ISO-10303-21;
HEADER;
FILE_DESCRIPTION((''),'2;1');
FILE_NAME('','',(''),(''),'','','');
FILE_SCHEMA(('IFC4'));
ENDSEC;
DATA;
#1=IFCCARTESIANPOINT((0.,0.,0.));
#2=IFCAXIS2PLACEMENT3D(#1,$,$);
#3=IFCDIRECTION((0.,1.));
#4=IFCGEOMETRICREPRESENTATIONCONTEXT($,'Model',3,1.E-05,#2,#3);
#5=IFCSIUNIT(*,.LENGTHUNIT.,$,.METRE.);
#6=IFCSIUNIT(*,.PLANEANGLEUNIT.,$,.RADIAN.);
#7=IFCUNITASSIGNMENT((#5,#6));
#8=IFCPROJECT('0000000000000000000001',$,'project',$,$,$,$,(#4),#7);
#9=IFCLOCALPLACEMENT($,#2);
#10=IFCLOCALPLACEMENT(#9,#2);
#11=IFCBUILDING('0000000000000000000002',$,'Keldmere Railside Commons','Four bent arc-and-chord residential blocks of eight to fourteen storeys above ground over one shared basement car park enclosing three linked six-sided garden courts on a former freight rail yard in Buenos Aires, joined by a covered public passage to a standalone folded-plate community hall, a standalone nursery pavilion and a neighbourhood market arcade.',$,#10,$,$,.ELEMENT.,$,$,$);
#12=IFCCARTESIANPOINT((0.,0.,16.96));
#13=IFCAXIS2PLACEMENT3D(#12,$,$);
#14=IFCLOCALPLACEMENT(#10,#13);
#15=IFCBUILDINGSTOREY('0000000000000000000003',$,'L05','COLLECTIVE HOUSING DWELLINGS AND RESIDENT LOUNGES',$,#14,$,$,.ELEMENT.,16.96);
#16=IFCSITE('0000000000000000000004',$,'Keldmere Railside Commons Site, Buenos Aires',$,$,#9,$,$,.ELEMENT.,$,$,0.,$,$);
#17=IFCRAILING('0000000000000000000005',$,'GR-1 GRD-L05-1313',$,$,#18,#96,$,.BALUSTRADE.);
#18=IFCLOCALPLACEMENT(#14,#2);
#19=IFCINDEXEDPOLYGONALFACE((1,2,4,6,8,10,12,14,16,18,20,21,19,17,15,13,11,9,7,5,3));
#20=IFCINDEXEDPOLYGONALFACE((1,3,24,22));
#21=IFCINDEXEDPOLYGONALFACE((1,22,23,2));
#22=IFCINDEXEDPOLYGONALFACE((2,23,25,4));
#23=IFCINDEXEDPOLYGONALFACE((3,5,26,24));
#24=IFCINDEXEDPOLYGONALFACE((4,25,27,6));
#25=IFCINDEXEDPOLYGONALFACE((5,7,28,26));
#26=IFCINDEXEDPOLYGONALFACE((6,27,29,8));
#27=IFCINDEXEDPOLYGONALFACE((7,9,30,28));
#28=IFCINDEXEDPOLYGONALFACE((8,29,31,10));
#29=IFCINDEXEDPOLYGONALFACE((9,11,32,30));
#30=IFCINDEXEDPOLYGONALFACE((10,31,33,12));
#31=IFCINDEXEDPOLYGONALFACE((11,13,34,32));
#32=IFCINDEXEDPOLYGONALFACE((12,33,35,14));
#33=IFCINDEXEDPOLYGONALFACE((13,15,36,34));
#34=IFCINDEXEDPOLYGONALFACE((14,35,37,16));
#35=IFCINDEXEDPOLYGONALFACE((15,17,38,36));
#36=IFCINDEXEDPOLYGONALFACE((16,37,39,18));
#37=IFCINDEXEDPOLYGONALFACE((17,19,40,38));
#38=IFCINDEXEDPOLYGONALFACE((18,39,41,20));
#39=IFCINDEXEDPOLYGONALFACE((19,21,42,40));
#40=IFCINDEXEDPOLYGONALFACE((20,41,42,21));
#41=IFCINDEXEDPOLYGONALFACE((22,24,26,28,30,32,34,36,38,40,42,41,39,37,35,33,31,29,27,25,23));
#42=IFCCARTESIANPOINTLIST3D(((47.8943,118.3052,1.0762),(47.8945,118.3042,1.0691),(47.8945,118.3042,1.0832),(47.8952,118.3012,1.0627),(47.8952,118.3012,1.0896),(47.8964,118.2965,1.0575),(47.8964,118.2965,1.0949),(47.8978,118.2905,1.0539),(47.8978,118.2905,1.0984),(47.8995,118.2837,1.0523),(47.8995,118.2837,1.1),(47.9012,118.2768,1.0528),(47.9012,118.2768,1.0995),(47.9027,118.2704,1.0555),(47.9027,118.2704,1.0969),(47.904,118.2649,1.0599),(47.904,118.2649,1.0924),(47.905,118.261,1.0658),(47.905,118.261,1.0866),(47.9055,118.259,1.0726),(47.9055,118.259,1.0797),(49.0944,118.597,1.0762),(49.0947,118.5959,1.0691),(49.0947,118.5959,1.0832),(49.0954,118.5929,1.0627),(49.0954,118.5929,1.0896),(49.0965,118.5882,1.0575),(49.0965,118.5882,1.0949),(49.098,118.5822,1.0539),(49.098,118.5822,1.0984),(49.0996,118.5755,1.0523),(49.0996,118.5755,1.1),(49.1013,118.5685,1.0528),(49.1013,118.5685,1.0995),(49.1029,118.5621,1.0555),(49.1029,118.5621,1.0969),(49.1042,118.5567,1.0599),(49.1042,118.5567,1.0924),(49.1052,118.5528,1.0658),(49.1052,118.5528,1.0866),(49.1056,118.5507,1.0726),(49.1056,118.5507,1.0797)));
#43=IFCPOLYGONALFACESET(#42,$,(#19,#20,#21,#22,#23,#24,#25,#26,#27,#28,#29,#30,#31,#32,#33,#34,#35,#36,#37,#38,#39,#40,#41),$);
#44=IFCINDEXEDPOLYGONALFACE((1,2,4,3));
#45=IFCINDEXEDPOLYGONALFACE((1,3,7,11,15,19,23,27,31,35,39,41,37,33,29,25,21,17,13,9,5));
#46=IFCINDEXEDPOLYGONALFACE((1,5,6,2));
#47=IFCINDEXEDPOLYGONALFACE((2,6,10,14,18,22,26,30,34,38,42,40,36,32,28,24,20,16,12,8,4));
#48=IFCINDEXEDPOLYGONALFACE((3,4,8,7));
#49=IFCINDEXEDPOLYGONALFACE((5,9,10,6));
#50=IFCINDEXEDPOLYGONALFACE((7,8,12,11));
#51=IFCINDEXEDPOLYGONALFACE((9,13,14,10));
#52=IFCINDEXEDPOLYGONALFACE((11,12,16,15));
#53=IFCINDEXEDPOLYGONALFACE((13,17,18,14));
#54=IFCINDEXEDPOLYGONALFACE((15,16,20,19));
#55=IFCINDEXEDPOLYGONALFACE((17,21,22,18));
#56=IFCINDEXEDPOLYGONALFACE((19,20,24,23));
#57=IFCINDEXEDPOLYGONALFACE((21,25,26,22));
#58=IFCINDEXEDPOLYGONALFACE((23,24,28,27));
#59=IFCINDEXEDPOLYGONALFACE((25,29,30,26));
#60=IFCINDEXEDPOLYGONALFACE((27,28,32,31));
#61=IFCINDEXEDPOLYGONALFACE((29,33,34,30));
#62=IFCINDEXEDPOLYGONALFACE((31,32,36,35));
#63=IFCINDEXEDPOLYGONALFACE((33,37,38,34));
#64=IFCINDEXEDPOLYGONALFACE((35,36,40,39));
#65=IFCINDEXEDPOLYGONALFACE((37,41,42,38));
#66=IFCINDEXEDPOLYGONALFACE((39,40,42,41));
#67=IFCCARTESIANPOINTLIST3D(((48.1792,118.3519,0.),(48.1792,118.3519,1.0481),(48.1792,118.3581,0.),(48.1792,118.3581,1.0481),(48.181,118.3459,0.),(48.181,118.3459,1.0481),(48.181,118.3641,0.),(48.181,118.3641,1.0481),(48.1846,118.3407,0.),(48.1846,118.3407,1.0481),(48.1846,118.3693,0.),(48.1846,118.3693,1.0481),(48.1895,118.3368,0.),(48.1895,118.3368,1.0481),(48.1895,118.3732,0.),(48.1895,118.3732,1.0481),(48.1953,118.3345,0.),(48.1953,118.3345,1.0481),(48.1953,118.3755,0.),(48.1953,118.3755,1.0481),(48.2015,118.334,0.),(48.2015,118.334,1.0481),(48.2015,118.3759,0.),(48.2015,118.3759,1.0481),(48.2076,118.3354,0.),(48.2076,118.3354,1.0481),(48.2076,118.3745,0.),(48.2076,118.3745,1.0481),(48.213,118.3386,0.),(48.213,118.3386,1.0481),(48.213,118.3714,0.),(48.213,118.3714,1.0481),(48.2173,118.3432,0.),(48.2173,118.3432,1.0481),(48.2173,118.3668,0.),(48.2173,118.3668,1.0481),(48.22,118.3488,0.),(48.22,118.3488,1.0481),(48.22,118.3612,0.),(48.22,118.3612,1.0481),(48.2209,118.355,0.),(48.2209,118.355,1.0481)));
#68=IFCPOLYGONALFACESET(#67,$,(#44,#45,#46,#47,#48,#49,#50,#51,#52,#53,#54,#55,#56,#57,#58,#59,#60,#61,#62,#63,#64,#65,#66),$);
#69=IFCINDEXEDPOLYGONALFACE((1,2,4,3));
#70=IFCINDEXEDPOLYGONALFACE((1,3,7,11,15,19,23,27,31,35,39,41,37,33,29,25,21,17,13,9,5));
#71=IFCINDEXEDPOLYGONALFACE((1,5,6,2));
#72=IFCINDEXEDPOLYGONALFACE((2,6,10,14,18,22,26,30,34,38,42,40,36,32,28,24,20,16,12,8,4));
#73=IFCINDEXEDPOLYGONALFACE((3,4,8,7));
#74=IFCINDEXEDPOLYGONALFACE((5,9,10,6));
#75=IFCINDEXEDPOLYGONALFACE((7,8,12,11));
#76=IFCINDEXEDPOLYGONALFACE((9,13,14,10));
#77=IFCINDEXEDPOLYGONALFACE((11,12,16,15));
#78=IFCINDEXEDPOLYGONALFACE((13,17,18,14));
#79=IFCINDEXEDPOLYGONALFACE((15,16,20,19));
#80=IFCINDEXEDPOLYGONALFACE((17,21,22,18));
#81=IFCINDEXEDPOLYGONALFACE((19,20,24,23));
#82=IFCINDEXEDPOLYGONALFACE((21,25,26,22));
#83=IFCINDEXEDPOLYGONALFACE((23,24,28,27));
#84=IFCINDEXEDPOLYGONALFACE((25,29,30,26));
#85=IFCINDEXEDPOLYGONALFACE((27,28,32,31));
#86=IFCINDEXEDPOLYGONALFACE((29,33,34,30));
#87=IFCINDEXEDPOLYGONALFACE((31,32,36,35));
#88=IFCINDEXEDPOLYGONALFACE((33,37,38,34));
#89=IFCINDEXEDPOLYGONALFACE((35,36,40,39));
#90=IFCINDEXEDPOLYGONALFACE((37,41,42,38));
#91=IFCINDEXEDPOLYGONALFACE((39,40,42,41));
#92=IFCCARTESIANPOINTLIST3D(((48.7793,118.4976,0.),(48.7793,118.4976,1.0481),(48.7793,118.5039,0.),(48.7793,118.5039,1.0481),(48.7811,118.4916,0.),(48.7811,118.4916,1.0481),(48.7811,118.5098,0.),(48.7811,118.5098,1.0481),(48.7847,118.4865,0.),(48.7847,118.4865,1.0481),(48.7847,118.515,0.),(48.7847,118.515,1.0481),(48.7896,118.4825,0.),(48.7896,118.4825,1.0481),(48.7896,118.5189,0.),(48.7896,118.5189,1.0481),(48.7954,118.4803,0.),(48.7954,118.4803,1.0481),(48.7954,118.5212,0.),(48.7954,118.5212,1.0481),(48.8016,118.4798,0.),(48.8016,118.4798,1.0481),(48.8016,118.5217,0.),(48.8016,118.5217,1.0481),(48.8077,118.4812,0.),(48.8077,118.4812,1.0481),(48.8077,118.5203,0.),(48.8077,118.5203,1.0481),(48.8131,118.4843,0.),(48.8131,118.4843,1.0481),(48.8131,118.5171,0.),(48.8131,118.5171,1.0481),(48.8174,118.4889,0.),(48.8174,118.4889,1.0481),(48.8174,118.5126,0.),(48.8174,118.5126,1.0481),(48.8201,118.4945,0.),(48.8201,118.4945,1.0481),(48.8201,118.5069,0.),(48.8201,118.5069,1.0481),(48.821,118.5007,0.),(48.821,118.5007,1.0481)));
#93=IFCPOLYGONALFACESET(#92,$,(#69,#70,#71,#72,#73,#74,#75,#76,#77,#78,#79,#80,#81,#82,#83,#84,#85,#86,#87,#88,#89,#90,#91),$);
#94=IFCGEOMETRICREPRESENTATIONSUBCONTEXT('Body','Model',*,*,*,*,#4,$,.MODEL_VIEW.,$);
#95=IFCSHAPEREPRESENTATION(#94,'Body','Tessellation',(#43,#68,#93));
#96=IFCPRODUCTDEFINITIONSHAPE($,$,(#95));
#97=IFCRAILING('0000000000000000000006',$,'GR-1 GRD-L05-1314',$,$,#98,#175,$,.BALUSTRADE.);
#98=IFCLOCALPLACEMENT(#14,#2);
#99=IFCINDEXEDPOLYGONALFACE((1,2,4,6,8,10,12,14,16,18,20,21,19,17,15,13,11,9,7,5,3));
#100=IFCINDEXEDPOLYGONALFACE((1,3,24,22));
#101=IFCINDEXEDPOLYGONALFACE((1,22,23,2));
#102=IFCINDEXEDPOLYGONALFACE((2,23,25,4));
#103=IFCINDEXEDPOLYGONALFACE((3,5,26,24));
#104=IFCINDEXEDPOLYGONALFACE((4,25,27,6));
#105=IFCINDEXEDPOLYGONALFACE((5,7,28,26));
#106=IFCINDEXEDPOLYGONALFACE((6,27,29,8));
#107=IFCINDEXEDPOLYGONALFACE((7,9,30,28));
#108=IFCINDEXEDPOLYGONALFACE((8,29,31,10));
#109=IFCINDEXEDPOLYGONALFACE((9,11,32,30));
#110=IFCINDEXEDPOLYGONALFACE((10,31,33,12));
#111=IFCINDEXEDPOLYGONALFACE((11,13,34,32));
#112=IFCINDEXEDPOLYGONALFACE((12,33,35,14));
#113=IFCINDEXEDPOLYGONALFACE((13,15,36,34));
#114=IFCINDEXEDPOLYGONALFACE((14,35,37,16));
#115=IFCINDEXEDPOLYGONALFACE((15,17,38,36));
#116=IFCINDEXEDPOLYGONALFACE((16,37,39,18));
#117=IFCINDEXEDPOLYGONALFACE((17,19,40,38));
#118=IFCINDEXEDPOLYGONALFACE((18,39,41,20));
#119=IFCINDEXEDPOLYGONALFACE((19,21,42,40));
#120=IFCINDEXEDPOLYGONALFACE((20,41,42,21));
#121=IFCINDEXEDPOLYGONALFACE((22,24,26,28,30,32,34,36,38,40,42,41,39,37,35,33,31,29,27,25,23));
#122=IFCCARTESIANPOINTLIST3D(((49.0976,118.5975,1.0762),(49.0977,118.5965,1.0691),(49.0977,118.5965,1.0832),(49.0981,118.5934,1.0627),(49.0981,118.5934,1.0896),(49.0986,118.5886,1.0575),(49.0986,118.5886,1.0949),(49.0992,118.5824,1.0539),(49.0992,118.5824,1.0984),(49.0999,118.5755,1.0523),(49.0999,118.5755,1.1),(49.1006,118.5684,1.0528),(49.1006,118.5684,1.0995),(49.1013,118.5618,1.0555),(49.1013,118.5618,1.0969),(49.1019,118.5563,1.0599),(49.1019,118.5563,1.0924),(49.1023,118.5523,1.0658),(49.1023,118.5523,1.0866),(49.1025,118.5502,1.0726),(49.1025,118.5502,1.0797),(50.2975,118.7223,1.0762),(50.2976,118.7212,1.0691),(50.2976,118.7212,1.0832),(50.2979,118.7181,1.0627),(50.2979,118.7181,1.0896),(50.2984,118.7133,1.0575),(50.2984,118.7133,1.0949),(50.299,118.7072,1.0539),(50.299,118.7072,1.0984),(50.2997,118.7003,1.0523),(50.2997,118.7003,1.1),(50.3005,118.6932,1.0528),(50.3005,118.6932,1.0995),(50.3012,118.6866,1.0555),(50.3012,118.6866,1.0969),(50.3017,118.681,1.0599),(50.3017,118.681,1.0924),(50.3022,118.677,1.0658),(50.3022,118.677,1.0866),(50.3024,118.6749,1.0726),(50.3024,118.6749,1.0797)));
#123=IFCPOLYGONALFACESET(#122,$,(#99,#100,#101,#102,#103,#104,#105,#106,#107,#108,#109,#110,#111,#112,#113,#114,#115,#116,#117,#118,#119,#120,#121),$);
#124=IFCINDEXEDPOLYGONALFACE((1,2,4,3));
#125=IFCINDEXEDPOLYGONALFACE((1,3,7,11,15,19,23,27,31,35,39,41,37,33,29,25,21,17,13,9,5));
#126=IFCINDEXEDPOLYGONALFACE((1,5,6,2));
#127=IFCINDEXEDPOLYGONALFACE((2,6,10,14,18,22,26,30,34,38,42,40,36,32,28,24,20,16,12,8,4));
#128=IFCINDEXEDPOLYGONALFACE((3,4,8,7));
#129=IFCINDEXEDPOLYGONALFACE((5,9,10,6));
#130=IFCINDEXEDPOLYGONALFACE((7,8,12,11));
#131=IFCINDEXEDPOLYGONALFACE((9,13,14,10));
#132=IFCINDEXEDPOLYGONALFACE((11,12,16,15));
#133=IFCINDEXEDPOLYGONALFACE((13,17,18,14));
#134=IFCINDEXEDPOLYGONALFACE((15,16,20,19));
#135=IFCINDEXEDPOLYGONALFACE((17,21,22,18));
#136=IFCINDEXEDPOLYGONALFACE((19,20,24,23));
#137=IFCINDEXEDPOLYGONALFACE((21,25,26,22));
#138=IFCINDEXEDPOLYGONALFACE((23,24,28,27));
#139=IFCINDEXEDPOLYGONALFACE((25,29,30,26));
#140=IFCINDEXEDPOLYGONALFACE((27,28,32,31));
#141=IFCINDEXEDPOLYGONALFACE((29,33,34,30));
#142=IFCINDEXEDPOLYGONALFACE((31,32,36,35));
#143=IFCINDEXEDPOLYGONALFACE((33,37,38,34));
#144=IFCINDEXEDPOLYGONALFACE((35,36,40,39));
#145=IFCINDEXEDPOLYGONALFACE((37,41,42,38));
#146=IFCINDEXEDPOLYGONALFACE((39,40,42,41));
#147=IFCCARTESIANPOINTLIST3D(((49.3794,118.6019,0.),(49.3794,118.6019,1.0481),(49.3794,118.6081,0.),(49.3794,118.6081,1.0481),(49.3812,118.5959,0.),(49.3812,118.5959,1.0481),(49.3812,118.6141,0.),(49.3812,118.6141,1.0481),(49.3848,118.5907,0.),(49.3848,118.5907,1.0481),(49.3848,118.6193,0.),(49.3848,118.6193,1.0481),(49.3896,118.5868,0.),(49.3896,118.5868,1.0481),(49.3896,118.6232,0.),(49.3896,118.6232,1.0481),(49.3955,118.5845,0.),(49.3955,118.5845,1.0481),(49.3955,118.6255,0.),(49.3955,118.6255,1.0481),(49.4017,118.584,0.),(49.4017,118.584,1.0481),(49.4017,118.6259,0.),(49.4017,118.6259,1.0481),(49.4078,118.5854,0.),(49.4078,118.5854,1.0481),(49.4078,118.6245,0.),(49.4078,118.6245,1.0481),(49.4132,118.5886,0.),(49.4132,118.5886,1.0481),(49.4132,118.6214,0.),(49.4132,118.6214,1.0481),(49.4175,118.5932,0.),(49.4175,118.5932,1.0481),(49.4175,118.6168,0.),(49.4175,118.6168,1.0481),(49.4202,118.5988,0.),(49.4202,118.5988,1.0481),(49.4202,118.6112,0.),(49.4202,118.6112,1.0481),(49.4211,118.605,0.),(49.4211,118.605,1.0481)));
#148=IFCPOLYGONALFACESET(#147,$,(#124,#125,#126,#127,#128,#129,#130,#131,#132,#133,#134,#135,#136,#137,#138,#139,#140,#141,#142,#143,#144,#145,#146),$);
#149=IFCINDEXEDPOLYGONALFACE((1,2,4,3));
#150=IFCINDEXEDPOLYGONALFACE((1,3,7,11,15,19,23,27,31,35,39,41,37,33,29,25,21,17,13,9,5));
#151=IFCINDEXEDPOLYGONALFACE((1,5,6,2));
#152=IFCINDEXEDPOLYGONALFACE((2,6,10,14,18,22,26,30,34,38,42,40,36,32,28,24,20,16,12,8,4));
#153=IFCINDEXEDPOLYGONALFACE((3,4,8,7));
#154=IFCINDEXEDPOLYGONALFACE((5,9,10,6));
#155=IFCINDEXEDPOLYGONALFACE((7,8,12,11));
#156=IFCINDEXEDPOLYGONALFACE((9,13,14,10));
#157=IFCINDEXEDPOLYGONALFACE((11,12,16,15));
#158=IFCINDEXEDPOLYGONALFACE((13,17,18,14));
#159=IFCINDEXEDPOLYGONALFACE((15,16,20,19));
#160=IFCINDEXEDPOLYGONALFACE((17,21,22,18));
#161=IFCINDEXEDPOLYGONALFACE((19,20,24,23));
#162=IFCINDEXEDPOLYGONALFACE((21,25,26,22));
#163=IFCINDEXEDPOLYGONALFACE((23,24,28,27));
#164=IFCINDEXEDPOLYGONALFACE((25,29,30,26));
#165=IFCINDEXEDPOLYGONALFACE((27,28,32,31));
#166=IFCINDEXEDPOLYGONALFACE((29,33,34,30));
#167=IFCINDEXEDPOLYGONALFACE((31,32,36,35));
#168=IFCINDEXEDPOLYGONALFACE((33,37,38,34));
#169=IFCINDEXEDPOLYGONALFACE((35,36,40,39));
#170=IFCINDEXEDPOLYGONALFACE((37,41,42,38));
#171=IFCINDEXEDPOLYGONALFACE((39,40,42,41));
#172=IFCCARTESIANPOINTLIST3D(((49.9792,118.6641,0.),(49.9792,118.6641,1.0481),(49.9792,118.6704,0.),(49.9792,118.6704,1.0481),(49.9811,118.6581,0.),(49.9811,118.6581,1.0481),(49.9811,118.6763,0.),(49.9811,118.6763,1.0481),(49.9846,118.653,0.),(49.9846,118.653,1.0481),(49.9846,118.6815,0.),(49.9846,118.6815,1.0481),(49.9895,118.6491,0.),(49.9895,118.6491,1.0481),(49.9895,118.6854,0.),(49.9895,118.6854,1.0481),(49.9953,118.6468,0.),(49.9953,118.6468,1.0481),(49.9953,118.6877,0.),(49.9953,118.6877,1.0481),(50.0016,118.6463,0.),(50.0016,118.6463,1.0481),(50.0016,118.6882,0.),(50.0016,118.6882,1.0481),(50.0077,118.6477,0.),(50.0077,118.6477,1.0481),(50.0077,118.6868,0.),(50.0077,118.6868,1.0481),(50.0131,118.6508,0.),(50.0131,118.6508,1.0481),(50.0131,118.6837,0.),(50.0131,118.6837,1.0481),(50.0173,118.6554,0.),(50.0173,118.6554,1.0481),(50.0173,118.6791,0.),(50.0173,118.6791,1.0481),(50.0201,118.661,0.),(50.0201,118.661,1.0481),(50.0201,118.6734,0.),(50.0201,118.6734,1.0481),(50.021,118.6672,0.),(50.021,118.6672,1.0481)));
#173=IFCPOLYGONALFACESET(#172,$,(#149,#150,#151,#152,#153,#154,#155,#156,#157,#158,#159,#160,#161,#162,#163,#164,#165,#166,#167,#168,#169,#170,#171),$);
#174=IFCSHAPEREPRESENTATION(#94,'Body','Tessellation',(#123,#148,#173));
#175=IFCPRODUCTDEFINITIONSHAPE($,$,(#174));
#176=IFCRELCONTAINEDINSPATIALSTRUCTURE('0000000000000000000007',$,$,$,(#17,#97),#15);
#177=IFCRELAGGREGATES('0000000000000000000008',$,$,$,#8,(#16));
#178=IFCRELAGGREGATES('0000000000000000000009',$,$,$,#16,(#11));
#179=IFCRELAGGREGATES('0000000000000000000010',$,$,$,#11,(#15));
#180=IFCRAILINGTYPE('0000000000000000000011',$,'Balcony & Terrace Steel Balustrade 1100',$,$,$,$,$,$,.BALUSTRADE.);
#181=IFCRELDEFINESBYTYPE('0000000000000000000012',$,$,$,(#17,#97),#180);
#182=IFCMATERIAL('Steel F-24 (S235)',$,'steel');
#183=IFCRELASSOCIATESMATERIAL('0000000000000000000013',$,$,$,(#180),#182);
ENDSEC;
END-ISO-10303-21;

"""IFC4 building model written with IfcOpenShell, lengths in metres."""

from ifc_helpers import new_model, si_unit, direction, frame, origin, origin_2d, place, context, subcontext, project, spatial, circle, extrude, material, type_object, element, save


model = new_model("IFC4")

# Units and contexts
model_context = context("Model", 3, precision=1e-05, world=origin(), true_north=direction((0.0, 1.0)))
body_context = subcontext(model_context, "Body", "Model", "MODEL_VIEW")
ifc_project = project(units=[si_unit("LENGTHUNIT", "METRE"), si_unit("PLANEANGLEUNIT", "RADIAN")], contexts=[model_context])

# Site, building, storey
site_placement = place(None, origin())
site = spatial("IfcSite", under=ifc_project, at=site_placement, Name="Keldmere Railside Commons Site, Buenos Aires", CompositionType="ELEMENT", RefElevation=0.0)
building_placement = place(site_placement, origin())
building = spatial("IfcBuilding", under=site, at=building_placement, Name="Keldmere Railside Commons", Description="Four bent arc-and-chord residential blocks of eight to fourteen storeys above ground over one shared basement car park enclosing three linked six-sided garden courts on a former freight rail yard in Buenos Aires, joined by a covered public passage to a standalone folded-plate community hall, a standalone nursery pavilion and a neighbourhood market arcade.", CompositionType="ELEMENT")
storey_placement = place(building_placement, frame((0.0, 0.0, 16.96)))
storey = spatial("IfcBuildingStorey", under=building, at=storey_placement, Name="L05", Description="COLLECTIVE HOUSING DWELLINGS AND RESIDENT LOUNGES", CompositionType="ELEMENT", Elevation=16.96)

# Railings
ifc_material_1 = material(Name="Steel F-24 (S235)", Category="steel")
railing_type = type_object("IfcRailingType", Name="Balcony & Terrace Steel Balustrade 1100", PredefinedType="BALUSTRADE", material=ifc_material_1)
railing_1_placement = place(storey_placement, frame((47.8999, 118.282, 0.0)))
element("IfcRailing", 1, at=railing_1_placement, inside=storey, type_object=railing_type, Name="GR-1 GRD-L05-1313", PredefinedType="BALUSTRADE", context=body_context, shape_type="SweptSolid", body=[
    extrude(circle(Radius=0.0239, at=origin_2d()), frame((0.0, 0.0, 1.0762), z_axis=(0.971703, 0.236205, 0.0), x_axis=(-0.236205, 0.971703, 0.0)), (0.0, 0.0, 1.0), 1.2351),
    extrude(circle(Radius=0.021, at=origin_2d()), frame((0.3, 0.073, 0.0)), (0.0, 0.0, 1.0), 1.0481),
    extrude(circle(Radius=0.021, at=origin_2d()), frame((0.9001, 0.2188, 0.0)), (0.0, 0.0, 1.0), 1.0481),
])
railing_2_placement = place(storey_placement, frame((49.1001, 118.5737, 0.0)))
element("IfcRailing", 2, at=railing_2_placement, inside=storey, type_object=railing_type, Name="GR-1 GRD-L05-1314", PredefinedType="BALUSTRADE", context=body_context, shape_type="SweptSolid", body=[
    extrude(circle(Radius=0.0239, at=origin_2d()), frame((0.0, 0.0, 1.0762), z_axis=(0.994639, 0.10341, 0.0), x_axis=(-0.10341, 0.994639, 0.0)), (0.0, 0.0, 1.0), 1.2063),
    extrude(circle(Radius=0.021, at=origin_2d()), frame((0.3, 0.0312, 0.0)), (0.0, 0.0, 1.0), 1.0481),
    extrude(circle(Radius=0.021, at=origin_2d()), frame((0.8999, 0.0935, 0.0)), (0.0, 0.0, 1.0), 1.0481),
])

save(model, "model.ifc")
